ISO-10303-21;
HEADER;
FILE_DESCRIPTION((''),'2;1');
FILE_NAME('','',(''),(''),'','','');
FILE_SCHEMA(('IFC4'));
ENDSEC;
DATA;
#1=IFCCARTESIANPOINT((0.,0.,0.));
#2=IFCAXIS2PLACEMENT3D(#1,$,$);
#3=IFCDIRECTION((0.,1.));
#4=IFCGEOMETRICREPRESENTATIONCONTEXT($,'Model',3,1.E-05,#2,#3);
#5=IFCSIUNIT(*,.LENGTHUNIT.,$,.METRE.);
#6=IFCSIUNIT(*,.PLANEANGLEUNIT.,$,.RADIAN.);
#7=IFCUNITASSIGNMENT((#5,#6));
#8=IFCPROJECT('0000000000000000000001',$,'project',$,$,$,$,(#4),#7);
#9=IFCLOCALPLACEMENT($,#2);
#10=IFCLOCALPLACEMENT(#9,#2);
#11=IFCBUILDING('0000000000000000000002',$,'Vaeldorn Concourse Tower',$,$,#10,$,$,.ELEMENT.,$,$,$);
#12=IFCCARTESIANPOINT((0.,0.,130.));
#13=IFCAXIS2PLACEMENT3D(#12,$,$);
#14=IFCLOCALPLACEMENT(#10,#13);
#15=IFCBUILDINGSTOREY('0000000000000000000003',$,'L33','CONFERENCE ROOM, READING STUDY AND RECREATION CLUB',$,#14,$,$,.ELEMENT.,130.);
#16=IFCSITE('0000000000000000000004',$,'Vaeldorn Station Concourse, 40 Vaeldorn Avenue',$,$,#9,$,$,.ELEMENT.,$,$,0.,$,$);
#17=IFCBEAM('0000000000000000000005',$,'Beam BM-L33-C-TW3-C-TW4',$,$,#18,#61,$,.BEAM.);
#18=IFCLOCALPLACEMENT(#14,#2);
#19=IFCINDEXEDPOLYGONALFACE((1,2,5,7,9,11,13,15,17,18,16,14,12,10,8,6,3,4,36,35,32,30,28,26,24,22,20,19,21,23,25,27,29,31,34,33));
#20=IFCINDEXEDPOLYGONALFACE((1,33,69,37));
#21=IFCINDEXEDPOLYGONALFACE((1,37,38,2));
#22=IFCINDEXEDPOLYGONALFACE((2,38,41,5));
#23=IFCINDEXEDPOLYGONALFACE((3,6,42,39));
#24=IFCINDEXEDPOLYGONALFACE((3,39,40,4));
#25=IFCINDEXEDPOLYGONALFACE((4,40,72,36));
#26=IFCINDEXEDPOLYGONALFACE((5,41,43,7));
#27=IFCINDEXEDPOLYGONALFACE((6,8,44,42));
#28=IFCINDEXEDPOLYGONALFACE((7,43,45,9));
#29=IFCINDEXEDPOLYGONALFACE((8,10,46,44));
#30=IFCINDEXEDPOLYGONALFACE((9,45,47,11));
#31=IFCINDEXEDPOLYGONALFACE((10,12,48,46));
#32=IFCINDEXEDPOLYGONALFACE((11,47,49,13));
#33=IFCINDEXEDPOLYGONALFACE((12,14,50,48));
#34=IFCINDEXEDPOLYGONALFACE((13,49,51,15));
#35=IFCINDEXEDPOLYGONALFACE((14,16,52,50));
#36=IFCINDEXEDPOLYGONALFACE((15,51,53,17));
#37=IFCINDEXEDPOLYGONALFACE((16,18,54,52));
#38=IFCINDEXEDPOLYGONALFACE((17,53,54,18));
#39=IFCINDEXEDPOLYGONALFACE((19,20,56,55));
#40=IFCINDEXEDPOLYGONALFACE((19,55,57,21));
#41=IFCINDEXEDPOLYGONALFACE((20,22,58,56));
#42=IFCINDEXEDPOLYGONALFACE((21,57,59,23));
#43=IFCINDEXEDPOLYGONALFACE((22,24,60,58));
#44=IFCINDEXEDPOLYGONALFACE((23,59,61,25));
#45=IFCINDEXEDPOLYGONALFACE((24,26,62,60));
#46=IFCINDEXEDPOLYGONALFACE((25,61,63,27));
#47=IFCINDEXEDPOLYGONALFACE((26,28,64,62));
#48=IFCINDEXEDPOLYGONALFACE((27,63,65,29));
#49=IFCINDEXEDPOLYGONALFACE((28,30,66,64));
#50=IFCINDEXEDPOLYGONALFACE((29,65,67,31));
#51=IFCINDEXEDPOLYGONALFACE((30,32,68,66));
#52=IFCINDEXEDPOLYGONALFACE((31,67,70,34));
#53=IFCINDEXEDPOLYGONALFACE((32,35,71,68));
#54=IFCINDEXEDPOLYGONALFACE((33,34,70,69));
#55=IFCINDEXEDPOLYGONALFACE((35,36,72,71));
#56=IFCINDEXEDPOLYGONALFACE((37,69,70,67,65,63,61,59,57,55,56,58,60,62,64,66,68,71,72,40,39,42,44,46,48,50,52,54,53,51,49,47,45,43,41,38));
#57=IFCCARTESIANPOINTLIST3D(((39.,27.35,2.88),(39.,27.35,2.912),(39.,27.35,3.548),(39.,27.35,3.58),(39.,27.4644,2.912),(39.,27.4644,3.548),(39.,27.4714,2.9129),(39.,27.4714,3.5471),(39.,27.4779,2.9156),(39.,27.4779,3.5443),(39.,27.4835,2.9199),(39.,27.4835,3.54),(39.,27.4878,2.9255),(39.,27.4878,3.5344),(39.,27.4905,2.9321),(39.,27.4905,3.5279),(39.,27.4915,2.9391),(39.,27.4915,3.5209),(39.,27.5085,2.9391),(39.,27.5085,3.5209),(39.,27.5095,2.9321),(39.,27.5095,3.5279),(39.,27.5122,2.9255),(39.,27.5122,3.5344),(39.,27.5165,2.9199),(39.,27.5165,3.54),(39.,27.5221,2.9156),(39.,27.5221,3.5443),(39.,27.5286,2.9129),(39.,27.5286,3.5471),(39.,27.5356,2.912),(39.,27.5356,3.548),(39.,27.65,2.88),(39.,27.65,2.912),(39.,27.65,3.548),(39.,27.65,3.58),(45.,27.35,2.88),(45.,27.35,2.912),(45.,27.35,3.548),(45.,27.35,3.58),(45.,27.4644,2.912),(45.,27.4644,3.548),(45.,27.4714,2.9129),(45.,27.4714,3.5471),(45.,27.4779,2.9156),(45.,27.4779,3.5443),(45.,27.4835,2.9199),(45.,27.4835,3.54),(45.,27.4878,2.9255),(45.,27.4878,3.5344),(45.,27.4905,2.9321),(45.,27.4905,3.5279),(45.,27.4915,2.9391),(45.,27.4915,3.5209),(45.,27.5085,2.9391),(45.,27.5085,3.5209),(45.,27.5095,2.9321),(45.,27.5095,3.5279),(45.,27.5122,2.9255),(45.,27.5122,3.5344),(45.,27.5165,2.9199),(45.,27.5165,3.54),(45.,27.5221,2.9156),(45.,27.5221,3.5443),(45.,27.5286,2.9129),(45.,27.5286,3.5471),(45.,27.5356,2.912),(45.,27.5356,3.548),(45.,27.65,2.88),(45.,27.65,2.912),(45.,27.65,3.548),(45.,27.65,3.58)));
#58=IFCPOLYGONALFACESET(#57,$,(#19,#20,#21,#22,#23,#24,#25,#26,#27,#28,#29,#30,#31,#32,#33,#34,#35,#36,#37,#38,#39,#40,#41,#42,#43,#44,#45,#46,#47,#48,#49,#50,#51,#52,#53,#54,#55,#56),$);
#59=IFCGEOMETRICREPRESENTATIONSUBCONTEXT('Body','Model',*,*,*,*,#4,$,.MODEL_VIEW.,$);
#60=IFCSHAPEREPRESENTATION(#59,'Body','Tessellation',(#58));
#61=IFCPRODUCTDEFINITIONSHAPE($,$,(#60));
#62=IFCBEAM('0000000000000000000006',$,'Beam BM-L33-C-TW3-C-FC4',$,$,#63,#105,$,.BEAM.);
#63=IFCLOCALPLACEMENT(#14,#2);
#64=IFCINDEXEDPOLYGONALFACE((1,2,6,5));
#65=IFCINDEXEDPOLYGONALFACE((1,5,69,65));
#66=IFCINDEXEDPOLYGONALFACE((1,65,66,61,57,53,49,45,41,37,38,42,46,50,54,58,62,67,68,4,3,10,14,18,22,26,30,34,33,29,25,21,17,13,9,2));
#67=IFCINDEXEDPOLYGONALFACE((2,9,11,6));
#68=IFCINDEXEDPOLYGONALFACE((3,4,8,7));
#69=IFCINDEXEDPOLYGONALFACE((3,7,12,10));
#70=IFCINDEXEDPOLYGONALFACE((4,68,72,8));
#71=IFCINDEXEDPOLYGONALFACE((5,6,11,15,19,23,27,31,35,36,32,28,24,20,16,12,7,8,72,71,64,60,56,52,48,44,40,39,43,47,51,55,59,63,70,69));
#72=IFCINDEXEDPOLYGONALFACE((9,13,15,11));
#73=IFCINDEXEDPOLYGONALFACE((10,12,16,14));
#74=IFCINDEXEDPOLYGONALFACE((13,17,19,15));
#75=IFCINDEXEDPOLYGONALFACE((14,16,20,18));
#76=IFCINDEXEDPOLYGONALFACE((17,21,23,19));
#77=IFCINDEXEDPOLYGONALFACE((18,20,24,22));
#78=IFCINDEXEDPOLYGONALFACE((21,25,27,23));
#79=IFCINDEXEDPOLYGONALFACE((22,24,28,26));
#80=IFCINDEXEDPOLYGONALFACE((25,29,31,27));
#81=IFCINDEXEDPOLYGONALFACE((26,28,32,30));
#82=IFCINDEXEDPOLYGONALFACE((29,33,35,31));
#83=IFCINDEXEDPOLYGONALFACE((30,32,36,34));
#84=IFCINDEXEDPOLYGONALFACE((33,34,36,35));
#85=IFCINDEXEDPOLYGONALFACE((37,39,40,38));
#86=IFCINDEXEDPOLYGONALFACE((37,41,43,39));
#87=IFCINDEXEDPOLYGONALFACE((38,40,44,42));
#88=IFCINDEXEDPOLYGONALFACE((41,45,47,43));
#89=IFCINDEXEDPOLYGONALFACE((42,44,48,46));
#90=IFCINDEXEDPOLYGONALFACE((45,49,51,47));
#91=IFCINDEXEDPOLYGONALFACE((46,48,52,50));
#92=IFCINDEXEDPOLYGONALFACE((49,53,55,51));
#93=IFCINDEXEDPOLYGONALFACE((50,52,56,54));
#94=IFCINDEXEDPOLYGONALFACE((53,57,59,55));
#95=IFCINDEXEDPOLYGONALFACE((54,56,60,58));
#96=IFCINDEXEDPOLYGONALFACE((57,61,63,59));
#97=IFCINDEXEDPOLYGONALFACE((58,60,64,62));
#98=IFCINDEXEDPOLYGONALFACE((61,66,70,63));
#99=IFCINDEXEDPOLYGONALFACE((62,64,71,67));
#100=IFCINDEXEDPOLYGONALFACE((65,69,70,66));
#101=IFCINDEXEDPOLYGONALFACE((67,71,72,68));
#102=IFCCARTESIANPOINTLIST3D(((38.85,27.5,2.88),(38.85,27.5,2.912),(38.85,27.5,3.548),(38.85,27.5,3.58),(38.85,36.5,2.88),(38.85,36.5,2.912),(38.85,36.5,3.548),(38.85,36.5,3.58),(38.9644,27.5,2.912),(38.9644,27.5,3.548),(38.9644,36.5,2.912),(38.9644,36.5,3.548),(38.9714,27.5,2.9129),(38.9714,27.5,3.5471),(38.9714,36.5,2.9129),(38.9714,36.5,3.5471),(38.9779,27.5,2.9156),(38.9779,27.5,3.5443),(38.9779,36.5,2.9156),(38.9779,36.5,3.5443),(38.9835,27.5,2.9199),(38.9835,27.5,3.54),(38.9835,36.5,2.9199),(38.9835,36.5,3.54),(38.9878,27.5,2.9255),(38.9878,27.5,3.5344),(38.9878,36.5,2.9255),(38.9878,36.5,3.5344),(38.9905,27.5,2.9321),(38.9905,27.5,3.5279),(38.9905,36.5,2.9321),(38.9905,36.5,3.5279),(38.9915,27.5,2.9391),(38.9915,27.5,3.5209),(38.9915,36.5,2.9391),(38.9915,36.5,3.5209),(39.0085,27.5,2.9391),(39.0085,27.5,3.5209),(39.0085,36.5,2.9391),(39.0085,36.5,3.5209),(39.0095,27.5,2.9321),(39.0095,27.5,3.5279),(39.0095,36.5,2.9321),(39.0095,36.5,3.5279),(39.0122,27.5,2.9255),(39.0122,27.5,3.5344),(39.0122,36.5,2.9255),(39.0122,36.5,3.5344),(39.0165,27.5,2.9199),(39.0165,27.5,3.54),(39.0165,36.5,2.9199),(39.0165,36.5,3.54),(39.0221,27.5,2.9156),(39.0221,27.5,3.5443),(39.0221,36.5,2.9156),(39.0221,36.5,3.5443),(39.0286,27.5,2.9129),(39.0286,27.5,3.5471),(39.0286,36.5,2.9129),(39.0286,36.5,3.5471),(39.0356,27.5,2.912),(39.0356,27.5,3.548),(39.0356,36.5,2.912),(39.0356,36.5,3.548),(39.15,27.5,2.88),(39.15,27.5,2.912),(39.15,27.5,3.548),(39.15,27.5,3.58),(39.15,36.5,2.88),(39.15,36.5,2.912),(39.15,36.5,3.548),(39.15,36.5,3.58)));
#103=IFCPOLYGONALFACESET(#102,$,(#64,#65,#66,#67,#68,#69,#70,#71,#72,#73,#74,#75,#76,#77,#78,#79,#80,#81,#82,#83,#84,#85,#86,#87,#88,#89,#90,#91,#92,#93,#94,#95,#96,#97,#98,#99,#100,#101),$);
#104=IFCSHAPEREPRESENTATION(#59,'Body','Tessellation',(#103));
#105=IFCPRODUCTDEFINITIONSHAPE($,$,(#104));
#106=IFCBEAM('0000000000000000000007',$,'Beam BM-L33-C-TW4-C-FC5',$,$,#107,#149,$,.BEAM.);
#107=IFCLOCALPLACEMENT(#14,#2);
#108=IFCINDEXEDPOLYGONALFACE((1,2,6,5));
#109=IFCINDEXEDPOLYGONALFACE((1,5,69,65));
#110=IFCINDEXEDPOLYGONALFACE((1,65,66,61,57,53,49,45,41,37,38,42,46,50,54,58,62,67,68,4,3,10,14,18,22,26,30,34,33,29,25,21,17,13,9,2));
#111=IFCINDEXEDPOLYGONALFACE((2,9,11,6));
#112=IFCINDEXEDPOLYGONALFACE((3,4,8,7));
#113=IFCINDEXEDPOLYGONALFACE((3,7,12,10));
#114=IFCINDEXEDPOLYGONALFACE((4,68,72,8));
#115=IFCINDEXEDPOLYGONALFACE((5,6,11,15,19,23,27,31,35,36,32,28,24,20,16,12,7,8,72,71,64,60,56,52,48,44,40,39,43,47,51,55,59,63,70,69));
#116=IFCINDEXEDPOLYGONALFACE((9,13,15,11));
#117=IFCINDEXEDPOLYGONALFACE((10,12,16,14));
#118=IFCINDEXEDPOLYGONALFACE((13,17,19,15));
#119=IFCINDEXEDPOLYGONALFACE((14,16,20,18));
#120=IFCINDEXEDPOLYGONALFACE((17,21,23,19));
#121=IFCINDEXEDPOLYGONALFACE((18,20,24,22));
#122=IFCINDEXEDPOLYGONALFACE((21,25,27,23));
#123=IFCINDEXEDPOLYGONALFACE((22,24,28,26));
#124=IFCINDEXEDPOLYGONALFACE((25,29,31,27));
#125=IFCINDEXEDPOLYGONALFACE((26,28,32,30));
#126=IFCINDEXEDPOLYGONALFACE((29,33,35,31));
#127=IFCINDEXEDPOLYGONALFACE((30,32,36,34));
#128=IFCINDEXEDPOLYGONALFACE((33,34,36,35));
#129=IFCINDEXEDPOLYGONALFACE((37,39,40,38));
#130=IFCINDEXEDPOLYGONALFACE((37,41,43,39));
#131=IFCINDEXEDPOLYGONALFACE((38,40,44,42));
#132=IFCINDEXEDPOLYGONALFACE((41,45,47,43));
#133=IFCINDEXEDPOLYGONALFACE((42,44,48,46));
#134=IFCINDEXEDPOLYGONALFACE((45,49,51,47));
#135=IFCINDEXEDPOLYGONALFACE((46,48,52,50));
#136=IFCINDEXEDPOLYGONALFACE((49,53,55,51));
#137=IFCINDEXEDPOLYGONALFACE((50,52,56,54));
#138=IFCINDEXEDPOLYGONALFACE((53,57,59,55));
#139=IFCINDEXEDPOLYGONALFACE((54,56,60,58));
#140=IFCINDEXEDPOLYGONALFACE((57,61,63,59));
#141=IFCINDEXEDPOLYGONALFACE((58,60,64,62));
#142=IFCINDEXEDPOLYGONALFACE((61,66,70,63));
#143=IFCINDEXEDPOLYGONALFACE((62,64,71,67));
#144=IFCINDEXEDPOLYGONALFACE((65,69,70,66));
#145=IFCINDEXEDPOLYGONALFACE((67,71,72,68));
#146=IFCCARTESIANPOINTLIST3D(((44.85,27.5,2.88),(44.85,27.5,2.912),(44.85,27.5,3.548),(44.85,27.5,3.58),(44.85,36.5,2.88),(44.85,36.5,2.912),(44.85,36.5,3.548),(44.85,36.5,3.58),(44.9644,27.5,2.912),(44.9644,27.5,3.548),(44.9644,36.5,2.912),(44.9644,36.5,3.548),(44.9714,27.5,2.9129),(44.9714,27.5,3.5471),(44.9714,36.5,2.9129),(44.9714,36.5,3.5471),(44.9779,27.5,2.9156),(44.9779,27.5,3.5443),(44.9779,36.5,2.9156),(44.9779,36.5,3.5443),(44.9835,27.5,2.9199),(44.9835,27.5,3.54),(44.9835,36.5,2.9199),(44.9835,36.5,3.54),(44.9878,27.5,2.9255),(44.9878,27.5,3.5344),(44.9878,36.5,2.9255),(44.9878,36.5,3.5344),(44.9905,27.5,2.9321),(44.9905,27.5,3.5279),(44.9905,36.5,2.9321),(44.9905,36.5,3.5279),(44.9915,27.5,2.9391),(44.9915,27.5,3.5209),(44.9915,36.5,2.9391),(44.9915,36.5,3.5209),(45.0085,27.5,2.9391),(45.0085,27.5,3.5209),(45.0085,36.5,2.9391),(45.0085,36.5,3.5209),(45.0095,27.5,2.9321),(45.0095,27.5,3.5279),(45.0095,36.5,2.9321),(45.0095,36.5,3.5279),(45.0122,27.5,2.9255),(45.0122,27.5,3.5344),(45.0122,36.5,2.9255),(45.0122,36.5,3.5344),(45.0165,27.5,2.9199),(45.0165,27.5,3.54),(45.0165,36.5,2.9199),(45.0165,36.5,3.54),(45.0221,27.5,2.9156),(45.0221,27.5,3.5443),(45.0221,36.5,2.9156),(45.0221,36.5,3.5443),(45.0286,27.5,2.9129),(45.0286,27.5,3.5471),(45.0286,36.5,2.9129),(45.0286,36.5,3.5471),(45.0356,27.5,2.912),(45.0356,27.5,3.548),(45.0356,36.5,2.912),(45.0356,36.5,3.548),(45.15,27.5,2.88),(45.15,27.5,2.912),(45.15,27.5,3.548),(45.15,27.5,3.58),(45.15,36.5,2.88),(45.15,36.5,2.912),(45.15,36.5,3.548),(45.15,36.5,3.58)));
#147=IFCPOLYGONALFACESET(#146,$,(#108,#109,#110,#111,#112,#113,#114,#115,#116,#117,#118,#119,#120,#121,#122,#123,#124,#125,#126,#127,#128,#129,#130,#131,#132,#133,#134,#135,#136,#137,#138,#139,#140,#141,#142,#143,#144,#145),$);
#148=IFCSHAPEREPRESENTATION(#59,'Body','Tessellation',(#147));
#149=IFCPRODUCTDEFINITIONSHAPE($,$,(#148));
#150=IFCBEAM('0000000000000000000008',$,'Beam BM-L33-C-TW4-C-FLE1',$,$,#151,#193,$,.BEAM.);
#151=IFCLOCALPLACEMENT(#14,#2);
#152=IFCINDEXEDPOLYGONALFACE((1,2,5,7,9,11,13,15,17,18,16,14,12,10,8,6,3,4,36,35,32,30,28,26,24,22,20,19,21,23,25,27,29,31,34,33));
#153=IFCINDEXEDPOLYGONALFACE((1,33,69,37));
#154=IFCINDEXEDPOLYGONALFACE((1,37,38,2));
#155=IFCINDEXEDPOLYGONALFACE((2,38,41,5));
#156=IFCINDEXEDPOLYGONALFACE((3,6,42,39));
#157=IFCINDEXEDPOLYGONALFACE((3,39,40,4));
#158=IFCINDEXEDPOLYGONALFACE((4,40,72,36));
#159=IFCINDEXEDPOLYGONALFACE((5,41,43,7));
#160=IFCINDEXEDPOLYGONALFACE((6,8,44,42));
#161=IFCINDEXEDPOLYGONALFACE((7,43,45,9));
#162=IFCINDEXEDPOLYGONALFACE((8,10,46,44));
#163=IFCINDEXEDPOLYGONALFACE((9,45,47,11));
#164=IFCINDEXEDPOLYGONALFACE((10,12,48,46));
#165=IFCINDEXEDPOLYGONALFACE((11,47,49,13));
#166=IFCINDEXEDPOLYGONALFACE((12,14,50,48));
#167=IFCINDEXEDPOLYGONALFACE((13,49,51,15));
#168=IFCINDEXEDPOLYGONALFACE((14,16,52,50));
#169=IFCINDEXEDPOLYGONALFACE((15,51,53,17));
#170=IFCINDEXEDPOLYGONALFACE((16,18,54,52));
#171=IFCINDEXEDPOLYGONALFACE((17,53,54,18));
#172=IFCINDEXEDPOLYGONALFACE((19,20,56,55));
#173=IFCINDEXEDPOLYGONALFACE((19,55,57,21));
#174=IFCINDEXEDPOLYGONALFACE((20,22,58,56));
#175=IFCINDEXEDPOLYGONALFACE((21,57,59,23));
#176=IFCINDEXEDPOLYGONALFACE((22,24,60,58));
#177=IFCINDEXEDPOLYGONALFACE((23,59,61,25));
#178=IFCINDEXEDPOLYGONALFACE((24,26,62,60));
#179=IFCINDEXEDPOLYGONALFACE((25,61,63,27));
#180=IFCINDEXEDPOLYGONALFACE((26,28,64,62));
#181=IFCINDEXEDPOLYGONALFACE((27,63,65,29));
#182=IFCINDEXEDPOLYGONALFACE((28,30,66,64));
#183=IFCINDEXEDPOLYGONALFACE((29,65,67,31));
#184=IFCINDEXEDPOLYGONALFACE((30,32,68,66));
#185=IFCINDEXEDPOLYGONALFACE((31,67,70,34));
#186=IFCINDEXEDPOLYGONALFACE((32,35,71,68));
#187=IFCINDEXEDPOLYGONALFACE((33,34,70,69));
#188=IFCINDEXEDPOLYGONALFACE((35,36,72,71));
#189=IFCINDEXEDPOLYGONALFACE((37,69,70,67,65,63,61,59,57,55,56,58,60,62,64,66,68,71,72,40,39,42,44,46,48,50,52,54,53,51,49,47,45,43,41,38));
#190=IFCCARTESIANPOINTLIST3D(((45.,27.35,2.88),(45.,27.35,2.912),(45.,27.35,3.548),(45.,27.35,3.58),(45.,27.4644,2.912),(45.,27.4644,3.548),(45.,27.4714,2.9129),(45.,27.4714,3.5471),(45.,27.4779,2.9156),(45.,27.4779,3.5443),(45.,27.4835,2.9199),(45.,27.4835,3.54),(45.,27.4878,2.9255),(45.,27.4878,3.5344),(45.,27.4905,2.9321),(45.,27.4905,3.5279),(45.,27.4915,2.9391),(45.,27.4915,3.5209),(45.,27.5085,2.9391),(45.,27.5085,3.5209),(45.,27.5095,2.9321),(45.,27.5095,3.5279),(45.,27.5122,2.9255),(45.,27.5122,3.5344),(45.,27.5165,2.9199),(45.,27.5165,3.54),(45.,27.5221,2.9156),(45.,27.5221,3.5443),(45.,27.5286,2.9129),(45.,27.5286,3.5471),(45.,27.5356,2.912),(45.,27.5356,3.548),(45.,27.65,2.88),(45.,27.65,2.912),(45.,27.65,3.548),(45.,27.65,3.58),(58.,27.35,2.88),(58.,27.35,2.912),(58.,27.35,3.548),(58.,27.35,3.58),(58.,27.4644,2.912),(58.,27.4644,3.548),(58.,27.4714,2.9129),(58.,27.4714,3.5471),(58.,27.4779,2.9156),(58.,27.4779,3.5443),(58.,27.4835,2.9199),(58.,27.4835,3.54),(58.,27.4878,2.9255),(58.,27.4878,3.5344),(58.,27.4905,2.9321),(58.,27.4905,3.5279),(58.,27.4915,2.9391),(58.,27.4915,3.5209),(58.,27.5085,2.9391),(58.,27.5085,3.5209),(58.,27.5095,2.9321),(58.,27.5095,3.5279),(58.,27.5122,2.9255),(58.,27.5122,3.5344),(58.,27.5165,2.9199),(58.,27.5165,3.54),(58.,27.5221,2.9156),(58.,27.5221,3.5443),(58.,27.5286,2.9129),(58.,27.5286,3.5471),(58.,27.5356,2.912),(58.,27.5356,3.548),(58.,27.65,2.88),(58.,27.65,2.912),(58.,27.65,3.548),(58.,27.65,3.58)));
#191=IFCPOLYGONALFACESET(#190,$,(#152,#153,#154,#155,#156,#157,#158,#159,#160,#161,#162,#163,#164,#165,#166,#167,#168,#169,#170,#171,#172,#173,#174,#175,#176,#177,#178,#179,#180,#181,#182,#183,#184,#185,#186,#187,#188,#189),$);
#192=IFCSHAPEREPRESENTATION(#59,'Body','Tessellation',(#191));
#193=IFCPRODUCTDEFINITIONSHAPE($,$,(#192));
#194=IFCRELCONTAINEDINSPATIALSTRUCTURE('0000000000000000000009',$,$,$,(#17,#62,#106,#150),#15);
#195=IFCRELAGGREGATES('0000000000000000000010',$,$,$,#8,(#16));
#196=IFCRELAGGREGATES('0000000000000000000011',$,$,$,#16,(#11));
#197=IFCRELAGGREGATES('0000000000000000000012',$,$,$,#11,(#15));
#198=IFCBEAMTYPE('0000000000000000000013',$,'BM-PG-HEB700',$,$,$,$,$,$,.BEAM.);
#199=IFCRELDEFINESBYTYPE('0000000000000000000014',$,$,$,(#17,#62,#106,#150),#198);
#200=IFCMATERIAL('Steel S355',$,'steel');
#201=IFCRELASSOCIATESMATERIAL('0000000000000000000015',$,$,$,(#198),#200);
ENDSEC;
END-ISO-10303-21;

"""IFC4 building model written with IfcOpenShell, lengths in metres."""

from ifc_helpers import new_model, si_unit, direction, frame, origin, origin_2d, place, context, subcontext, project, spatial, i_section, extrude, source, transform, mapped, material, material_profile, profile_set, type_object, element, save


model = new_model("IFC4")

# Units and contexts
model_context = context("Model", 3, precision=1e-05, world=origin(), true_north=direction((0.0, 1.0)))
body_context = subcontext(model_context, "Body", "Model", "MODEL_VIEW")
ifc_project = project(units=[si_unit("LENGTHUNIT", "METRE"), si_unit("PLANEANGLEUNIT", "RADIAN")], contexts=[model_context])

# Site, building, storey
site_placement = place(None, origin())
site = spatial("IfcSite", under=ifc_project, at=site_placement, Name="Vaeldorn Station Concourse, 40 Vaeldorn Avenue", CompositionType="ELEMENT", RefElevation=0.0)
building_placement = place(site_placement, origin())
building = spatial("IfcBuilding", under=site, at=building_placement, Name="Vaeldorn Concourse Tower", CompositionType="ELEMENT")
storey_placement = place(building_placement, frame((0.0, 0.0, 130.0)))
storey = spatial("IfcBuildingStorey", under=building, at=storey_placement, Name="L33", Description="CONFERENCE ROOM, READING STUDY AND RECREATION CLUB", CompositionType="ELEMENT", Elevation=130.0)

# Beams
ifc_material_1 = material(Name="Steel S355", Category="steel")
ifc_material_profile_1 = material_profile(ifc_material_1, i_section(OverallWidth=0.3, OverallDepth=0.7, WebThickness=0.0171, FlangeThickness=0.032, FilletRadius=0.0271, at=origin_2d()), Name="HEB 700")
ifc_profile_set_1 = profile_set([ifc_material_profile_1], Name="Steel S355")
beam_type_1 = type_object("IfcBeamType", Name="BM-PG-HEB700", PredefinedType="BEAM", material=ifc_profile_set_1)
shared_shape_1 = source(origin(), body_context, "Body", "SweptSolid", [
    extrude(i_section(OverallWidth=0.3, OverallDepth=0.7, WebThickness=0.0171, FlangeThickness=0.032, FilletRadius=0.0271, at=origin_2d()), origin(), (0.0, 0.0, 1.0), 6.0),
])
beam_1_placement = place(storey_placement, frame((39.0, 27.5, 3.23), z_axis=(1.0, 0.0, 0.0), x_axis=(0.0, 1.0, 0.0)))
element("IfcBeam", 1, at=beam_1_placement, inside=storey, type_object=beam_type_1, Name="Beam BM-L33-C-TW3-C-TW4", PredefinedType="BEAM", context=body_context, shape_type="MappedRepresentation", body=[
    mapped(shared_shape_1, transform((0.0, 0.0, 0.0), scale=1.0)),
])
shared_shape_2 = source(origin(), body_context, "Body", "SweptSolid", [
    extrude(i_section(OverallWidth=0.3, OverallDepth=0.7, WebThickness=0.0171, FlangeThickness=0.032, FilletRadius=0.0271, at=origin_2d()), origin(), (0.0, 0.0, 1.0), 9.0),
])
for number, where, z_axis, x_axis, name in (
    (2, (39.0, 27.5, 3.23), (0.0, 1.0, 0.0), (-1.0, 0.0, 0.0), "Beam BM-L33-C-TW3-C-FC4"),
    (3, (45.0, 27.5, 3.23), (0.0, 1.0, 0.0), (-1.0, 0.0, 0.0), "Beam BM-L33-C-TW4-C-FC5"),
):
    element("IfcBeam", number, at=place(storey_placement, frame(where, z_axis=z_axis, x_axis=x_axis)), inside=storey, type_object=beam_type_1, Name=name, PredefinedType="BEAM", context=body_context, shape_type="MappedRepresentation", body=[
        mapped(shared_shape_2, transform((0.0, 0.0, 0.0), scale=1.0)),
    ])
shared_shape_3 = source(origin(), body_context, "Body", "SweptSolid", [
    extrude(i_section(OverallWidth=0.3, OverallDepth=0.7, WebThickness=0.0171, FlangeThickness=0.032, FilletRadius=0.0271, at=origin_2d()), origin(), (0.0, 0.0, 1.0), 13.0),
])
beam_2_placement = place(storey_placement, frame((45.0, 27.5, 3.23), z_axis=(1.0, 0.0, 0.0), x_axis=(0.0, 1.0, 0.0)))
element("IfcBeam", 4, at=beam_2_placement, inside=storey, type_object=beam_type_1, Name="Beam BM-L33-C-TW4-C-FLE1", PredefinedType="BEAM", context=body_context, shape_type="MappedRepresentation", body=[
    mapped(shared_shape_3, transform((0.0, 0.0, 0.0), scale=1.0)),
])

save(model, "model.ifc")
